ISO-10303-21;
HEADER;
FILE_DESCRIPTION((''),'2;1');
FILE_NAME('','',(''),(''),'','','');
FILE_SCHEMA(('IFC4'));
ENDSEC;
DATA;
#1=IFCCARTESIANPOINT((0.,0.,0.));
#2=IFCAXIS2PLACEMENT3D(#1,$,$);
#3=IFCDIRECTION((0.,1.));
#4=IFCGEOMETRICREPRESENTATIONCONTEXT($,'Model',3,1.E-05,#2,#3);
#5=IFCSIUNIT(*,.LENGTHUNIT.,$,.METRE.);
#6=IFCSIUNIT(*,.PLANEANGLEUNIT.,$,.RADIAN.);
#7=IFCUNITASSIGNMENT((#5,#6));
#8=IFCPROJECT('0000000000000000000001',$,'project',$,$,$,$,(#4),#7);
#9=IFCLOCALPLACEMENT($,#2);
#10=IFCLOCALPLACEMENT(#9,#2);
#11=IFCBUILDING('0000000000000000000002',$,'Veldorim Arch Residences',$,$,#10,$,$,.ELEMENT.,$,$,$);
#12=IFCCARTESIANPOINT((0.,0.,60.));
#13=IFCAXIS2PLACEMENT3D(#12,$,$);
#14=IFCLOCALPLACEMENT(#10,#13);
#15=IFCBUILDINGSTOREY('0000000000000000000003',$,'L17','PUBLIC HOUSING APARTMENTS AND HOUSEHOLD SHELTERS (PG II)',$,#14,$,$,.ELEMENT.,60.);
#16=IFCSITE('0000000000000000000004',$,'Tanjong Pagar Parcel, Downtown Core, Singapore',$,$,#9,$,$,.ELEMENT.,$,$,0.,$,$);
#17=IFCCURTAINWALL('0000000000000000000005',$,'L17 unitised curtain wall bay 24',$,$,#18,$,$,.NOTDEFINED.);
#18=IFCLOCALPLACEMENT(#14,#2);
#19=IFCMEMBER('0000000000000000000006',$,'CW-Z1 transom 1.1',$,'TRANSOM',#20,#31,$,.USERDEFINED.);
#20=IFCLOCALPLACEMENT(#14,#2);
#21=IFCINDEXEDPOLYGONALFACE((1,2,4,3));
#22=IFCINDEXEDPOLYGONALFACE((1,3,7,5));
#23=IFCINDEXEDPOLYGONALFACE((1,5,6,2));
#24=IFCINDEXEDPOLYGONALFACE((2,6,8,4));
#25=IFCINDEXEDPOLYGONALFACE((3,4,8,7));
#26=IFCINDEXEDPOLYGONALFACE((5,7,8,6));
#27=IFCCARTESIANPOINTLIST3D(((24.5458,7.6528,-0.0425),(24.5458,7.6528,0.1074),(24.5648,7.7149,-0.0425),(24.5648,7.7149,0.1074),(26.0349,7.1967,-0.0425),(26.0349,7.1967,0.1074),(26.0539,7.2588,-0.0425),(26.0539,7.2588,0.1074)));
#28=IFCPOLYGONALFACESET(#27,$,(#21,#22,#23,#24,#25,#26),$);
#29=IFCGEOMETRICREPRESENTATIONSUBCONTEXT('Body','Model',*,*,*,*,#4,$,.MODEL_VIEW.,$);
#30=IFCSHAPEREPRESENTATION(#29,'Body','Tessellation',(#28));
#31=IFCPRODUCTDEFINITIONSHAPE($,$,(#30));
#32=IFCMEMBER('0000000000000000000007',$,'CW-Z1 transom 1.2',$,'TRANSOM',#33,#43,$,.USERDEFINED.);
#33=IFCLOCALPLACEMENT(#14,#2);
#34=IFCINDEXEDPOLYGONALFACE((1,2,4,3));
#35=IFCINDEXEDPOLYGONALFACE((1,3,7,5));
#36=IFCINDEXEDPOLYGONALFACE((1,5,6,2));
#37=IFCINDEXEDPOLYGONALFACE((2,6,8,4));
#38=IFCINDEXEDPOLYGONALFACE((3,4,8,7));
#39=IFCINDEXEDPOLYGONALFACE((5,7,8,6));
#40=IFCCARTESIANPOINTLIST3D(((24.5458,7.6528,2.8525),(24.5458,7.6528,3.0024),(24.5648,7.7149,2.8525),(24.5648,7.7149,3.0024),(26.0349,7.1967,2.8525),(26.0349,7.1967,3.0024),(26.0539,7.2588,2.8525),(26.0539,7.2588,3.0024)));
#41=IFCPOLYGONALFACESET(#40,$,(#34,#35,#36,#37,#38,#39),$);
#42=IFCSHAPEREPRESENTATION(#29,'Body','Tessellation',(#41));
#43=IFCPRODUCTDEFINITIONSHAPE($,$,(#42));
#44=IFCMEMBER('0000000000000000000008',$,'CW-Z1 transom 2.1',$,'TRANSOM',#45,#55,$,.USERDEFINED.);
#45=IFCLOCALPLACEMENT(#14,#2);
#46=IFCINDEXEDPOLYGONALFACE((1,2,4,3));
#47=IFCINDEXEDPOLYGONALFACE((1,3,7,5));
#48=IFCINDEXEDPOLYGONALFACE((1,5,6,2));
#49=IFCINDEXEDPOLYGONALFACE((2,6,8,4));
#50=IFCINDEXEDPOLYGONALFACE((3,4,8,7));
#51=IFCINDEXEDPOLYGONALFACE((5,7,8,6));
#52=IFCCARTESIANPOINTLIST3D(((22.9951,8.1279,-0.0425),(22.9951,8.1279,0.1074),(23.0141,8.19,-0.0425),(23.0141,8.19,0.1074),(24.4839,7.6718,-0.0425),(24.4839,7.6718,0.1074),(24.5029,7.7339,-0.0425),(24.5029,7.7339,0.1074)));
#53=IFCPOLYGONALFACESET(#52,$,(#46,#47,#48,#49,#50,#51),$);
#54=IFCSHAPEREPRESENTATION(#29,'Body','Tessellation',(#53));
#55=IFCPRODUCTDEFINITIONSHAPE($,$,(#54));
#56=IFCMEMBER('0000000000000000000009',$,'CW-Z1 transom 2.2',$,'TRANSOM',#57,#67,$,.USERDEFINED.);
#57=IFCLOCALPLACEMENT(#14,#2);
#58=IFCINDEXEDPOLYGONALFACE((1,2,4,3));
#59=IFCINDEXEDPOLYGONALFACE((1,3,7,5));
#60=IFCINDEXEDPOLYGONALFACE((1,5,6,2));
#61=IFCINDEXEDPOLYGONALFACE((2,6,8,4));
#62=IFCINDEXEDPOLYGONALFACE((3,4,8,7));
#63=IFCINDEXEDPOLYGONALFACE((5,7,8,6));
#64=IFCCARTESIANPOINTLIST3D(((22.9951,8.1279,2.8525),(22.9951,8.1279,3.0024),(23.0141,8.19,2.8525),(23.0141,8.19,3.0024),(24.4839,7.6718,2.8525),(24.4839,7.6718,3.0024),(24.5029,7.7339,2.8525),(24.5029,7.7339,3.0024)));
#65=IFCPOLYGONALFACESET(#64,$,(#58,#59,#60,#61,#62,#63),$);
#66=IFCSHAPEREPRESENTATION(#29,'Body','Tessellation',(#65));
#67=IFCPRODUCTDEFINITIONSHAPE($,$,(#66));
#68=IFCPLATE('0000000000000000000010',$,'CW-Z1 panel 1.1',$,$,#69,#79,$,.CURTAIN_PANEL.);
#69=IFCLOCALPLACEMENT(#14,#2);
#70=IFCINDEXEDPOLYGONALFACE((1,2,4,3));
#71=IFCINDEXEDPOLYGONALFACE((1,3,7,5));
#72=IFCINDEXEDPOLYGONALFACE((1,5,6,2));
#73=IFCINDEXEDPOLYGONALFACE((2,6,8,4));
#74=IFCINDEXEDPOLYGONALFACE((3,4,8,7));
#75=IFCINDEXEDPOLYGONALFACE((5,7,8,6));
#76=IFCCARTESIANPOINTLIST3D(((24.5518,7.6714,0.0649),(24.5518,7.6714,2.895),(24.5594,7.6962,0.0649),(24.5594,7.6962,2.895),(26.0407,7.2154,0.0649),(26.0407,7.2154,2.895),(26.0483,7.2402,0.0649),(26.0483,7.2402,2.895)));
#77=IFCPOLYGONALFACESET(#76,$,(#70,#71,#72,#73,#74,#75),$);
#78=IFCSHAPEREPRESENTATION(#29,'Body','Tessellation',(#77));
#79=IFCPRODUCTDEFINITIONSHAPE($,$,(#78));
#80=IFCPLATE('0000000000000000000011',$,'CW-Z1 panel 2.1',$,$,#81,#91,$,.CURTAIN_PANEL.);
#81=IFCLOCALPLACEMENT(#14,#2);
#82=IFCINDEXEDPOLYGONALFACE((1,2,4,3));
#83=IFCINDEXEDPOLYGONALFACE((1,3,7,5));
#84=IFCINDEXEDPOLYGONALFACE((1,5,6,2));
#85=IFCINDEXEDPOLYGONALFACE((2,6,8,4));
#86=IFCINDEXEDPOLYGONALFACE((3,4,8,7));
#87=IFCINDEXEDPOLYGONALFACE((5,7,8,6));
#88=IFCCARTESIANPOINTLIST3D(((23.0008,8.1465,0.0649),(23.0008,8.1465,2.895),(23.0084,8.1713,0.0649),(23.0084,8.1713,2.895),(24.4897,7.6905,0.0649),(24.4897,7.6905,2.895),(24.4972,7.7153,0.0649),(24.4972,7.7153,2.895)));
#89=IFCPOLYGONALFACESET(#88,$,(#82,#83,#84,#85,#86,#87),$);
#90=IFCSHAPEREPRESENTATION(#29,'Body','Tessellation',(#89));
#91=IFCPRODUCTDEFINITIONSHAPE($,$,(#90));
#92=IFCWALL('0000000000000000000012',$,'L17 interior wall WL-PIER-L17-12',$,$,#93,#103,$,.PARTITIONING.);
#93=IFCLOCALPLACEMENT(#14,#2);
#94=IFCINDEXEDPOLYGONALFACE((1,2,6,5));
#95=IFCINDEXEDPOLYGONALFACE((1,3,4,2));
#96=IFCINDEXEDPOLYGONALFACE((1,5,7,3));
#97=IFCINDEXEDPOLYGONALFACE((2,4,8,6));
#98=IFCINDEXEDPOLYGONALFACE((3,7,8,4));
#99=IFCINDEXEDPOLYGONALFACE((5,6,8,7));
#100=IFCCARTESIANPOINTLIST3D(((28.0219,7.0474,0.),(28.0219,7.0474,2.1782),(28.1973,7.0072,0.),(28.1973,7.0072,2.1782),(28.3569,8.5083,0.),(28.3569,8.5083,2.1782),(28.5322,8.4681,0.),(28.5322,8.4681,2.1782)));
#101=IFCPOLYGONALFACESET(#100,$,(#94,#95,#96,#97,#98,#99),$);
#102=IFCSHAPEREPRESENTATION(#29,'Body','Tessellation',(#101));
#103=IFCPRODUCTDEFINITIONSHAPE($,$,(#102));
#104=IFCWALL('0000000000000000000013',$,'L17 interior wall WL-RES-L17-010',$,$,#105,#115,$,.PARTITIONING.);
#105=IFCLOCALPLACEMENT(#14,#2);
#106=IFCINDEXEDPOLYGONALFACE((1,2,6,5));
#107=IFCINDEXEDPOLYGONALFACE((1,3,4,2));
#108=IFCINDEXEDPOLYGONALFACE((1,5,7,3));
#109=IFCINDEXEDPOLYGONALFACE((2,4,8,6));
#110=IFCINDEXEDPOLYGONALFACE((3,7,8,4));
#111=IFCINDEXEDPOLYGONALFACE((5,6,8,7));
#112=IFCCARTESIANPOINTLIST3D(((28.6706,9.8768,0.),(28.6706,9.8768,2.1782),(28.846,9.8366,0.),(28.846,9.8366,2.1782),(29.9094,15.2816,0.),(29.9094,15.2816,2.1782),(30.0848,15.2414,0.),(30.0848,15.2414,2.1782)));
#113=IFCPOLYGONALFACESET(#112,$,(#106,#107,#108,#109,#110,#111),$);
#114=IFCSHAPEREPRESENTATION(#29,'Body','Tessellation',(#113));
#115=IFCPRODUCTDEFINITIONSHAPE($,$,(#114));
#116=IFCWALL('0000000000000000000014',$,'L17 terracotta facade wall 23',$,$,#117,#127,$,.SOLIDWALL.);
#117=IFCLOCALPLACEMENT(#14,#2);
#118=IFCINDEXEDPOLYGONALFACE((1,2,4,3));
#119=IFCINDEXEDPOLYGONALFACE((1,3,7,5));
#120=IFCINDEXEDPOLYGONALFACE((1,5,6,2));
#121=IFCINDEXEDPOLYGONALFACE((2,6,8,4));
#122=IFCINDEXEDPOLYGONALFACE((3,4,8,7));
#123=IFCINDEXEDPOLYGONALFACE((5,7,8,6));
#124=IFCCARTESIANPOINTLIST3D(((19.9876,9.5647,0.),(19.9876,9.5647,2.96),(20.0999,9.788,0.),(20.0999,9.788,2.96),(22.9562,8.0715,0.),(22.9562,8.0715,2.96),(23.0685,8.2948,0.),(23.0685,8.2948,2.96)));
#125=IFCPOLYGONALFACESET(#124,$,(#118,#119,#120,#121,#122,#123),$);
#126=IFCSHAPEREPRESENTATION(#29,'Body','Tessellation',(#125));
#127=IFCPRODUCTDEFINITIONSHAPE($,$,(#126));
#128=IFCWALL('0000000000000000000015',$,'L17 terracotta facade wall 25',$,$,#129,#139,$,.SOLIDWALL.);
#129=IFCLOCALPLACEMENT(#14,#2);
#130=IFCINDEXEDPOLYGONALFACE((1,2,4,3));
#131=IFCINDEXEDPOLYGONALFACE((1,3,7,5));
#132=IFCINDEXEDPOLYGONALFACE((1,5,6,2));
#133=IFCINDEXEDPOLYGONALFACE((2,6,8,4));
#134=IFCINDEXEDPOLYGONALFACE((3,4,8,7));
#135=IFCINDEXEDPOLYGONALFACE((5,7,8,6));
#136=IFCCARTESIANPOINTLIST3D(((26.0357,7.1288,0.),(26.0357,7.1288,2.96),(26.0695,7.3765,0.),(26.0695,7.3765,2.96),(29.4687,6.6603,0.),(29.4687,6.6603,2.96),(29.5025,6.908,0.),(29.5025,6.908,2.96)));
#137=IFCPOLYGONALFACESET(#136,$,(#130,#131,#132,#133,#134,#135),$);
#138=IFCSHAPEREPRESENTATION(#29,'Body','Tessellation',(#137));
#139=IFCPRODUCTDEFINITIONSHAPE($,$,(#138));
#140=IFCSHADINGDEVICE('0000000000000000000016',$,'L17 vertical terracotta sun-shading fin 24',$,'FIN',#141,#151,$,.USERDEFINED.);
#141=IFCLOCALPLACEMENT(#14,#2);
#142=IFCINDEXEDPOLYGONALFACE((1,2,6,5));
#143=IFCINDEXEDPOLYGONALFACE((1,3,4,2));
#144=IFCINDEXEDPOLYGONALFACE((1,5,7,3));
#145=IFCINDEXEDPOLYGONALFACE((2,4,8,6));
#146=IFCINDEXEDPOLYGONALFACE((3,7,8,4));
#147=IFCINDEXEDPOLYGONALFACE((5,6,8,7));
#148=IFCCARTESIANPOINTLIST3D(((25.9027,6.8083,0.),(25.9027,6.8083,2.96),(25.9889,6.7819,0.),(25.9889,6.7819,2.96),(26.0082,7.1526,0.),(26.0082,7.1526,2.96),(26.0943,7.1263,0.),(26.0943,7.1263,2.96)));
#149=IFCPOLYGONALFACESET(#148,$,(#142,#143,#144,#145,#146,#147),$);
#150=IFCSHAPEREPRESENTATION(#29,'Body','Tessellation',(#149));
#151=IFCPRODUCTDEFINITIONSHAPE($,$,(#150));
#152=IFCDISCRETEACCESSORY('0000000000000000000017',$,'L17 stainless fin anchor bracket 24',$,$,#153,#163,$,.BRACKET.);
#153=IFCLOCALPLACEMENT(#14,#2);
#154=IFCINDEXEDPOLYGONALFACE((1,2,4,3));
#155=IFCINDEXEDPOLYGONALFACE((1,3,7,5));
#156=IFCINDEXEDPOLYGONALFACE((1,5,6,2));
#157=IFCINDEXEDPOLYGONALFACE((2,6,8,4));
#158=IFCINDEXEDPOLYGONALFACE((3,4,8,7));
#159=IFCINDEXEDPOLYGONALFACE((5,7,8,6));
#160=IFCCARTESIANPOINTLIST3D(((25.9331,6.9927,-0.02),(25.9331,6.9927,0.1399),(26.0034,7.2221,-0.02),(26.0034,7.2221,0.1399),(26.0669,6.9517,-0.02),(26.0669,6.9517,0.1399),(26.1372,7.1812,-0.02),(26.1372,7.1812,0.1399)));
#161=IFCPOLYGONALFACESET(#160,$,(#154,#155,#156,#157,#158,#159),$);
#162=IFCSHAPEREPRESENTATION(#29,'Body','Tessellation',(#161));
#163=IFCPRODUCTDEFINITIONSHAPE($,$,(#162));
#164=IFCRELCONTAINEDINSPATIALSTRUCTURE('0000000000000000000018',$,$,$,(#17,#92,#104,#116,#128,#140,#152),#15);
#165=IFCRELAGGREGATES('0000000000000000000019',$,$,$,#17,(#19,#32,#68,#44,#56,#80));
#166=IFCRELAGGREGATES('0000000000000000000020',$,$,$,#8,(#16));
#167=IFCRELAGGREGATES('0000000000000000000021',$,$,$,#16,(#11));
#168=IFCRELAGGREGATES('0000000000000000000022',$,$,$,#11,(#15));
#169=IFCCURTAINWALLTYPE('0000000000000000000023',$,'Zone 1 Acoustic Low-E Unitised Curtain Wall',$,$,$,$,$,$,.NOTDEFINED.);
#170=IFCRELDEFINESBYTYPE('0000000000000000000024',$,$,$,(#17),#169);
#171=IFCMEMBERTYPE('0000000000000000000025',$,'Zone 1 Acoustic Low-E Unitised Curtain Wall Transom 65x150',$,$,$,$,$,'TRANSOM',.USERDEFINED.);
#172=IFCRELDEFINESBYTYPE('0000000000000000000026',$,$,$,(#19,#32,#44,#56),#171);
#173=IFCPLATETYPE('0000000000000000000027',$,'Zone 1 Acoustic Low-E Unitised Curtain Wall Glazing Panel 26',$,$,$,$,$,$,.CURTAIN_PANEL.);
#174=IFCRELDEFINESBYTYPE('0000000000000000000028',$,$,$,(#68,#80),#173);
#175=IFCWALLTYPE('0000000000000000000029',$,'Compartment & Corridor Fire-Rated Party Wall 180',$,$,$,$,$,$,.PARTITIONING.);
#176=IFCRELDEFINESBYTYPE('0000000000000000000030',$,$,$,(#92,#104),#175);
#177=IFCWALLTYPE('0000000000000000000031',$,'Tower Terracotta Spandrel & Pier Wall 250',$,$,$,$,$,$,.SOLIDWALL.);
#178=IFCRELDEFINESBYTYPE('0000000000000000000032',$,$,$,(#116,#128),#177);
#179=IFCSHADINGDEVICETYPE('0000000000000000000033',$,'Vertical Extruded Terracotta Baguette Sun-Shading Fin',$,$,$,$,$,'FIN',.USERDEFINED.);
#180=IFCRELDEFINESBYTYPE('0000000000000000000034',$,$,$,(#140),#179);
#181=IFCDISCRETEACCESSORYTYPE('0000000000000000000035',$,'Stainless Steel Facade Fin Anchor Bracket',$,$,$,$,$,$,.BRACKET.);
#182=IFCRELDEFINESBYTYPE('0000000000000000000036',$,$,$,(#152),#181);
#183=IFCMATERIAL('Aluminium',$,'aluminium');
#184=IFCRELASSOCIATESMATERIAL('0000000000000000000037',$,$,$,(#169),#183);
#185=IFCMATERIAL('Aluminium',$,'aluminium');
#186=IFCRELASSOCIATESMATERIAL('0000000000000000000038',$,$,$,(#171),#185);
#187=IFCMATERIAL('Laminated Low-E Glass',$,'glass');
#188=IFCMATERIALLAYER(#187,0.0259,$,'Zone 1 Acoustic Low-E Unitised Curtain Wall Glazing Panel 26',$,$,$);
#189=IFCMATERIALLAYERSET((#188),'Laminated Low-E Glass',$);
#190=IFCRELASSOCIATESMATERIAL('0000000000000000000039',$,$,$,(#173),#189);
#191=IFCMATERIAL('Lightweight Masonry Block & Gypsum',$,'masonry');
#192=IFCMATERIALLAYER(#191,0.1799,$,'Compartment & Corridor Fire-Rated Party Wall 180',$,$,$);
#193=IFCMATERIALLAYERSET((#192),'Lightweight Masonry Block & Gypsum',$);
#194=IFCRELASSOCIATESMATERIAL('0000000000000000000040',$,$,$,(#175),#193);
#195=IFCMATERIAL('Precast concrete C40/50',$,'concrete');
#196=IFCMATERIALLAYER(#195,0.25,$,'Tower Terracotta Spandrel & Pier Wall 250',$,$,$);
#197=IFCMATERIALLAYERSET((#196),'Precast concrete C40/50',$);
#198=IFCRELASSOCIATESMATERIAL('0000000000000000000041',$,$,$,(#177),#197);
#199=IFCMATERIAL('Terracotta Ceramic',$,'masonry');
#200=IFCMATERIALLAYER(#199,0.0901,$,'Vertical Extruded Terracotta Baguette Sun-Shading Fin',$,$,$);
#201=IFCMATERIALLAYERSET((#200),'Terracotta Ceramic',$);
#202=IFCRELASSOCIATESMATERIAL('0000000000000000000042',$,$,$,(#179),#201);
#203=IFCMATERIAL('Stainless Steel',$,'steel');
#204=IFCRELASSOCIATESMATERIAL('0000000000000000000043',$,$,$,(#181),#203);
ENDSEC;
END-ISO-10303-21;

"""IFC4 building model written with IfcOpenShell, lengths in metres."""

from ifc_helpers import new_model, si_unit, direction, frame, frame_2d, origin, origin_2d, place, context, subcontext, project, spatial, rectangle, extrude, material, layer, layer_set, material_profile, profile_set, type_object, element, aggregate, save


model = new_model("IFC4")

# Units and contexts
model_context = context("Model", 3, precision=1e-05, world=origin(), true_north=direction((0.0, 1.0)))
body_context = subcontext(model_context, "Body", "Model", "MODEL_VIEW")
ifc_project = project(units=[si_unit("LENGTHUNIT", "METRE"), si_unit("PLANEANGLEUNIT", "RADIAN")], contexts=[model_context])

# Site, building, storey
site_placement = place(None, origin())
site = spatial("IfcSite", under=ifc_project, at=site_placement, Name="Tanjong Pagar Parcel, Downtown Core, Singapore", CompositionType="ELEMENT", RefElevation=0.0)
building_placement = place(site_placement, origin())
building = spatial("IfcBuilding", under=site, at=building_placement, Name="Veldorim Arch Residences", CompositionType="ELEMENT")
storey_placement = place(building_placement, frame((0.0, 0.0, 60.0)))
storey = spatial("IfcBuildingStorey", under=building, at=storey_placement, Name="L17", Description="PUBLIC HOUSING APARTMENTS AND HOUSEHOLD SHELTERS (PG II)", CompositionType="ELEMENT", Elevation=60.0)

# Curtain wall, members, plates
ifc_material_1 = material(Name="Aluminium", Category="aluminium")
curtain_wall_type = type_object("IfcCurtainWallType", Name="Zone 1 Acoustic Low-E Unitised Curtain Wall", PredefinedType="NOTDEFINED", material=ifc_material_1)
curtain_wall_placement = place(storey_placement, origin())
curtain_wall = element("IfcCurtainWall", 1, at=curtain_wall_placement, inside=storey, type_object=curtain_wall_type, Name="L17 unitised curtain wall bay 24", PredefinedType="NOTDEFINED")
ifc_material_2 = material(Name="Aluminium", Category="aluminium")
ifc_material_profile_1 = material_profile(ifc_material_2, rectangle(XDim=0.0649, YDim=0.1499, at=origin_2d()), Name="ALU_TRN_65x150")
ifc_profile_set_1 = profile_set([ifc_material_profile_1], Name="Aluminium")
member_type_1 = type_object("IfcMemberType", Name="Zone 1 Acoustic Low-E Unitised Curtain Wall Transom 65x150", ElementType="TRANSOM", PredefinedType="USERDEFINED", material=ifc_profile_set_1)
member_1_placement = place(storey_placement, frame((26.0444, 7.2278, 0.0325), z_axis=(-0.956158, 0.292852, 0.0), x_axis=(-0.292852, -0.956158, 0.0)))
member_1 = element("IfcMember", 2, at=member_1_placement, type_object=member_type_1, Name="CW-Z1 transom 1.1", ObjectType="TRANSOM", PredefinedType="USERDEFINED", context=body_context, shape_type="SweptSolid", body=[
    extrude(rectangle(XDim=0.0649, YDim=0.1499, at=origin_2d()), origin(), (0.0, 0.0, 1.0), 1.5574),
])
member_2_placement = place(storey_placement, frame((26.0444, 7.2278, 2.9275), z_axis=(-0.956158, 0.292852, 0.0), x_axis=(-0.292852, -0.956158, 0.0)))
member_2 = element("IfcMember", 3, at=member_2_placement, type_object=member_type_1, Name="CW-Z1 transom 1.2", ObjectType="TRANSOM", PredefinedType="USERDEFINED", context=body_context, shape_type="SweptSolid", body=[
    extrude(rectangle(XDim=0.0649, YDim=0.1499, at=origin_2d()), origin(), (0.0, 0.0, 1.0), 1.5574),
])
member_3_placement = place(storey_placement, frame((24.4934, 7.7029, 0.0325), z_axis=(-0.956144, 0.292896, 0.0), x_axis=(-0.292896, -0.956144, 0.0)))
member_3 = element("IfcMember", 4, at=member_3_placement, type_object=member_type_1, Name="CW-Z1 transom 2.1", ObjectType="TRANSOM", PredefinedType="USERDEFINED", context=body_context, shape_type="SweptSolid", body=[
    extrude(rectangle(XDim=0.0649, YDim=0.1499, at=origin_2d()), origin(), (0.0, 0.0, 1.0), 1.5571),
])
member_4_placement = place(storey_placement, frame((24.4934, 7.7029, 2.9275), z_axis=(-0.956144, 0.292896, 0.0), x_axis=(-0.292896, -0.956144, 0.0)))
member_4 = element("IfcMember", 5, at=member_4_placement, type_object=member_type_1, Name="CW-Z1 transom 2.2", ObjectType="TRANSOM", PredefinedType="USERDEFINED", context=body_context, shape_type="SweptSolid", body=[
    extrude(rectangle(XDim=0.0649, YDim=0.1499, at=origin_2d()), origin(), (0.0, 0.0, 1.0), 1.5571),
])
ifc_material_3 = material(Name="Laminated Low-E Glass", Category="glass")
ifc_layer_1 = layer(ifc_material_3, 0.0259, Name="Zone 1 Acoustic Low-E Unitised Curtain Wall Glazing Panel 26")
ifc_layer_set_1 = layer_set([ifc_layer_1], Name="Laminated Low-E Glass")
plate_type = type_object("IfcPlateType", Name="Zone 1 Acoustic Low-E Unitised Curtain Wall Glazing Panel 26", PredefinedType="CURTAIN_PANEL", material=ifc_layer_set_1)
plate_1_placement = place(storey_placement, frame((25.3, 7.4558, 0.0649), z_axis=(0.0, 0.0, 1.0), x_axis=(-0.956158, 0.292852, 0.0)))
plate_1 = element("IfcPlate", 6, at=plate_1_placement, type_object=plate_type, Name="CW-Z1 panel 1.1", PredefinedType="CURTAIN_PANEL", context=body_context, shape_type="SweptSolid", body=[
    extrude(rectangle(XDim=1.5571, YDim=0.0259, at=origin_2d()), origin(), (0.0, 0.0, 1.0), 2.8301),
])
plate_2_placement = place(storey_placement, frame((23.749, 7.9309, 0.0649), z_axis=(0.0, 0.0, 1.0), x_axis=(-0.956158, 0.292852, 0.0)))
plate_2 = element("IfcPlate", 7, at=plate_2_placement, type_object=plate_type, Name="CW-Z1 panel 2.1", PredefinedType="CURTAIN_PANEL", context=body_context, shape_type="SweptSolid", body=[
    extrude(rectangle(XDim=1.5571, YDim=0.0259, at=origin_2d()), origin(), (0.0, 0.0, 1.0), 2.8301),
])
aggregate(curtain_wall, [member_1, member_2, plate_1, member_3, member_4, plate_2])

# Walls
ifc_material_4 = material(Name="Lightweight Masonry Block & Gypsum", Category="masonry")
ifc_layer_2 = layer(ifc_material_4, 0.1799, Name="Compartment & Corridor Fire-Rated Party Wall 180")
ifc_layer_set_2 = layer_set([ifc_layer_2], Name="Lightweight Masonry Block & Gypsum")
wall_type_1 = type_object("IfcWallType", Name="Compartment & Corridor Fire-Rated Party Wall 180", PredefinedType="PARTITIONING", material=ifc_layer_set_2)
wall_1_placement = place(storey_placement, frame((28.4446, 8.4883, 0.0), z_axis=(0.0, 0.0, 1.0), x_axis=(-0.223479, -0.974709, 0.0)))
element("IfcWall", 8, at=wall_1_placement, inside=storey, type_object=wall_type_1, Name="L17 interior wall WL-PIER-L17-12", PredefinedType="PARTITIONING", context=body_context, shape_type="SweptSolid", body=[
    extrude(rectangle(XDim=1.4988, YDim=0.1799, at=frame_2d((0.7495, 0.0))), origin(), (0.0, 0.0, 1.0), 2.1782),
])
wall_2_placement = place(storey_placement, frame((28.7583, 9.8567, 0.0), z_axis=(0.0, 0.0, 1.0), x_axis=(0.223406, 0.974726, 0.0)))
element("IfcWall", 9, at=wall_2_placement, inside=storey, type_object=wall_type_1, Name="L17 interior wall WL-RES-L17-010", PredefinedType="PARTITIONING", context=body_context, shape_type="SweptSolid", body=[
    extrude(rectangle(XDim=5.5449, YDim=0.1799, at=frame_2d((2.7725, 0.0))), origin(), (0.0, 0.0, 1.0), 2.1782),
])
ifc_material_5 = material(Name="Precast concrete C40/50", Category="concrete")
ifc_layer_3 = layer(ifc_material_5, 0.25, Name="Tower Terracotta Spandrel & Pier Wall 250")
ifc_layer_set_3 = layer_set([ifc_layer_3], Name="Precast concrete C40/50")
wall_type_2 = type_object("IfcWallType", Name="Tower Terracotta Spandrel & Pier Wall 250", PredefinedType="SOLIDWALL", material=ifc_layer_set_3)
wall_3_placement = place(storey_placement, frame((23.0125, 8.1831, 0.0), z_axis=(0.0, 0.0, 1.0), x_axis=(-0.893352, 0.449358, 0.0)))
element("IfcWall", 10, at=wall_3_placement, inside=storey, type_object=wall_type_2, Name="L17 terracotta facade wall 23", PredefinedType="SOLIDWALL", context=body_context, shape_type="SweptSolid", body=[
    extrude(rectangle(XDim=3.323, YDim=0.25, at=frame_2d((1.6616, 0.0))), origin(), (0.0, 0.0, 1.0), 2.96),
])
wall_4_placement = place(storey_placement, frame((29.4856, 6.7842, 0.0), z_axis=(0.0, 0.0, 1.0), x_axis=(-0.990816, 0.135214, 0.0)))
element("IfcWall", 11, at=wall_4_placement, inside=storey, type_object=wall_type_2, Name="L17 terracotta facade wall 25", PredefinedType="SOLIDWALL", context=body_context, shape_type="SweptSolid", body=[
    extrude(rectangle(XDim=3.4648, YDim=0.25, at=frame_2d((1.7324, 0.0))), origin(), (0.0, 0.0, 1.0), 2.96),
])

# Shading device
ifc_material_6 = material(Name="Terracotta Ceramic", Category="masonry")
ifc_layer_4 = layer(ifc_material_6, 0.0901, Name="Vertical Extruded Terracotta Baguette Sun-Shading Fin")
ifc_layer_set_4 = layer_set([ifc_layer_4], Name="Terracotta Ceramic")
shading_device_type = type_object("IfcShadingDeviceType", Name="Vertical Extruded Terracotta Baguette Sun-Shading Fin", ElementType="FIN", PredefinedType="USERDEFINED", material=ifc_layer_set_4)
shading_device_placement = place(storey_placement, frame((25.9985, 6.9673, 0.0), z_axis=(0.0, 0.0, 1.0), x_axis=(-0.956152, 0.292872, 0.0)))
element("IfcShadingDevice", 12, at=shading_device_placement, inside=storey, type_object=shading_device_type, Name="L17 vertical terracotta sun-shading fin 24", ObjectType="FIN", PredefinedType="USERDEFINED", context=body_context, shape_type="SweptSolid", body=[
    extrude(rectangle(XDim=0.0901, YDim=0.3601, at=origin_2d()), origin(), (0.0, 0.0, 1.0), 2.96),
])

# Discrete accessory
ifc_material_7 = material(Name="Stainless Steel", Category="steel")
discrete_accessory_type = type_object("IfcDiscreteAccessoryType", Name="Stainless Steel Facade Fin Anchor Bracket", PredefinedType="BRACKET", material=ifc_material_7)
discrete_accessory_placement = place(storey_placement, frame((26.0352, 7.0869, -0.02), z_axis=(0.0, 0.0, 1.0), x_axis=(-0.956152, 0.292872, 0.0)))
element("IfcDiscreteAccessory", 13, at=discrete_accessory_placement, inside=storey, type_object=discrete_accessory_type, Name="L17 stainless fin anchor bracket 24", PredefinedType="BRACKET", context=body_context, shape_type="SweptSolid", body=[
    extrude(rectangle(XDim=0.1399, YDim=0.24, at=origin_2d()), origin(), (0.0, 0.0, 1.0), 0.1599),
])

save(model, "model.ifc")
